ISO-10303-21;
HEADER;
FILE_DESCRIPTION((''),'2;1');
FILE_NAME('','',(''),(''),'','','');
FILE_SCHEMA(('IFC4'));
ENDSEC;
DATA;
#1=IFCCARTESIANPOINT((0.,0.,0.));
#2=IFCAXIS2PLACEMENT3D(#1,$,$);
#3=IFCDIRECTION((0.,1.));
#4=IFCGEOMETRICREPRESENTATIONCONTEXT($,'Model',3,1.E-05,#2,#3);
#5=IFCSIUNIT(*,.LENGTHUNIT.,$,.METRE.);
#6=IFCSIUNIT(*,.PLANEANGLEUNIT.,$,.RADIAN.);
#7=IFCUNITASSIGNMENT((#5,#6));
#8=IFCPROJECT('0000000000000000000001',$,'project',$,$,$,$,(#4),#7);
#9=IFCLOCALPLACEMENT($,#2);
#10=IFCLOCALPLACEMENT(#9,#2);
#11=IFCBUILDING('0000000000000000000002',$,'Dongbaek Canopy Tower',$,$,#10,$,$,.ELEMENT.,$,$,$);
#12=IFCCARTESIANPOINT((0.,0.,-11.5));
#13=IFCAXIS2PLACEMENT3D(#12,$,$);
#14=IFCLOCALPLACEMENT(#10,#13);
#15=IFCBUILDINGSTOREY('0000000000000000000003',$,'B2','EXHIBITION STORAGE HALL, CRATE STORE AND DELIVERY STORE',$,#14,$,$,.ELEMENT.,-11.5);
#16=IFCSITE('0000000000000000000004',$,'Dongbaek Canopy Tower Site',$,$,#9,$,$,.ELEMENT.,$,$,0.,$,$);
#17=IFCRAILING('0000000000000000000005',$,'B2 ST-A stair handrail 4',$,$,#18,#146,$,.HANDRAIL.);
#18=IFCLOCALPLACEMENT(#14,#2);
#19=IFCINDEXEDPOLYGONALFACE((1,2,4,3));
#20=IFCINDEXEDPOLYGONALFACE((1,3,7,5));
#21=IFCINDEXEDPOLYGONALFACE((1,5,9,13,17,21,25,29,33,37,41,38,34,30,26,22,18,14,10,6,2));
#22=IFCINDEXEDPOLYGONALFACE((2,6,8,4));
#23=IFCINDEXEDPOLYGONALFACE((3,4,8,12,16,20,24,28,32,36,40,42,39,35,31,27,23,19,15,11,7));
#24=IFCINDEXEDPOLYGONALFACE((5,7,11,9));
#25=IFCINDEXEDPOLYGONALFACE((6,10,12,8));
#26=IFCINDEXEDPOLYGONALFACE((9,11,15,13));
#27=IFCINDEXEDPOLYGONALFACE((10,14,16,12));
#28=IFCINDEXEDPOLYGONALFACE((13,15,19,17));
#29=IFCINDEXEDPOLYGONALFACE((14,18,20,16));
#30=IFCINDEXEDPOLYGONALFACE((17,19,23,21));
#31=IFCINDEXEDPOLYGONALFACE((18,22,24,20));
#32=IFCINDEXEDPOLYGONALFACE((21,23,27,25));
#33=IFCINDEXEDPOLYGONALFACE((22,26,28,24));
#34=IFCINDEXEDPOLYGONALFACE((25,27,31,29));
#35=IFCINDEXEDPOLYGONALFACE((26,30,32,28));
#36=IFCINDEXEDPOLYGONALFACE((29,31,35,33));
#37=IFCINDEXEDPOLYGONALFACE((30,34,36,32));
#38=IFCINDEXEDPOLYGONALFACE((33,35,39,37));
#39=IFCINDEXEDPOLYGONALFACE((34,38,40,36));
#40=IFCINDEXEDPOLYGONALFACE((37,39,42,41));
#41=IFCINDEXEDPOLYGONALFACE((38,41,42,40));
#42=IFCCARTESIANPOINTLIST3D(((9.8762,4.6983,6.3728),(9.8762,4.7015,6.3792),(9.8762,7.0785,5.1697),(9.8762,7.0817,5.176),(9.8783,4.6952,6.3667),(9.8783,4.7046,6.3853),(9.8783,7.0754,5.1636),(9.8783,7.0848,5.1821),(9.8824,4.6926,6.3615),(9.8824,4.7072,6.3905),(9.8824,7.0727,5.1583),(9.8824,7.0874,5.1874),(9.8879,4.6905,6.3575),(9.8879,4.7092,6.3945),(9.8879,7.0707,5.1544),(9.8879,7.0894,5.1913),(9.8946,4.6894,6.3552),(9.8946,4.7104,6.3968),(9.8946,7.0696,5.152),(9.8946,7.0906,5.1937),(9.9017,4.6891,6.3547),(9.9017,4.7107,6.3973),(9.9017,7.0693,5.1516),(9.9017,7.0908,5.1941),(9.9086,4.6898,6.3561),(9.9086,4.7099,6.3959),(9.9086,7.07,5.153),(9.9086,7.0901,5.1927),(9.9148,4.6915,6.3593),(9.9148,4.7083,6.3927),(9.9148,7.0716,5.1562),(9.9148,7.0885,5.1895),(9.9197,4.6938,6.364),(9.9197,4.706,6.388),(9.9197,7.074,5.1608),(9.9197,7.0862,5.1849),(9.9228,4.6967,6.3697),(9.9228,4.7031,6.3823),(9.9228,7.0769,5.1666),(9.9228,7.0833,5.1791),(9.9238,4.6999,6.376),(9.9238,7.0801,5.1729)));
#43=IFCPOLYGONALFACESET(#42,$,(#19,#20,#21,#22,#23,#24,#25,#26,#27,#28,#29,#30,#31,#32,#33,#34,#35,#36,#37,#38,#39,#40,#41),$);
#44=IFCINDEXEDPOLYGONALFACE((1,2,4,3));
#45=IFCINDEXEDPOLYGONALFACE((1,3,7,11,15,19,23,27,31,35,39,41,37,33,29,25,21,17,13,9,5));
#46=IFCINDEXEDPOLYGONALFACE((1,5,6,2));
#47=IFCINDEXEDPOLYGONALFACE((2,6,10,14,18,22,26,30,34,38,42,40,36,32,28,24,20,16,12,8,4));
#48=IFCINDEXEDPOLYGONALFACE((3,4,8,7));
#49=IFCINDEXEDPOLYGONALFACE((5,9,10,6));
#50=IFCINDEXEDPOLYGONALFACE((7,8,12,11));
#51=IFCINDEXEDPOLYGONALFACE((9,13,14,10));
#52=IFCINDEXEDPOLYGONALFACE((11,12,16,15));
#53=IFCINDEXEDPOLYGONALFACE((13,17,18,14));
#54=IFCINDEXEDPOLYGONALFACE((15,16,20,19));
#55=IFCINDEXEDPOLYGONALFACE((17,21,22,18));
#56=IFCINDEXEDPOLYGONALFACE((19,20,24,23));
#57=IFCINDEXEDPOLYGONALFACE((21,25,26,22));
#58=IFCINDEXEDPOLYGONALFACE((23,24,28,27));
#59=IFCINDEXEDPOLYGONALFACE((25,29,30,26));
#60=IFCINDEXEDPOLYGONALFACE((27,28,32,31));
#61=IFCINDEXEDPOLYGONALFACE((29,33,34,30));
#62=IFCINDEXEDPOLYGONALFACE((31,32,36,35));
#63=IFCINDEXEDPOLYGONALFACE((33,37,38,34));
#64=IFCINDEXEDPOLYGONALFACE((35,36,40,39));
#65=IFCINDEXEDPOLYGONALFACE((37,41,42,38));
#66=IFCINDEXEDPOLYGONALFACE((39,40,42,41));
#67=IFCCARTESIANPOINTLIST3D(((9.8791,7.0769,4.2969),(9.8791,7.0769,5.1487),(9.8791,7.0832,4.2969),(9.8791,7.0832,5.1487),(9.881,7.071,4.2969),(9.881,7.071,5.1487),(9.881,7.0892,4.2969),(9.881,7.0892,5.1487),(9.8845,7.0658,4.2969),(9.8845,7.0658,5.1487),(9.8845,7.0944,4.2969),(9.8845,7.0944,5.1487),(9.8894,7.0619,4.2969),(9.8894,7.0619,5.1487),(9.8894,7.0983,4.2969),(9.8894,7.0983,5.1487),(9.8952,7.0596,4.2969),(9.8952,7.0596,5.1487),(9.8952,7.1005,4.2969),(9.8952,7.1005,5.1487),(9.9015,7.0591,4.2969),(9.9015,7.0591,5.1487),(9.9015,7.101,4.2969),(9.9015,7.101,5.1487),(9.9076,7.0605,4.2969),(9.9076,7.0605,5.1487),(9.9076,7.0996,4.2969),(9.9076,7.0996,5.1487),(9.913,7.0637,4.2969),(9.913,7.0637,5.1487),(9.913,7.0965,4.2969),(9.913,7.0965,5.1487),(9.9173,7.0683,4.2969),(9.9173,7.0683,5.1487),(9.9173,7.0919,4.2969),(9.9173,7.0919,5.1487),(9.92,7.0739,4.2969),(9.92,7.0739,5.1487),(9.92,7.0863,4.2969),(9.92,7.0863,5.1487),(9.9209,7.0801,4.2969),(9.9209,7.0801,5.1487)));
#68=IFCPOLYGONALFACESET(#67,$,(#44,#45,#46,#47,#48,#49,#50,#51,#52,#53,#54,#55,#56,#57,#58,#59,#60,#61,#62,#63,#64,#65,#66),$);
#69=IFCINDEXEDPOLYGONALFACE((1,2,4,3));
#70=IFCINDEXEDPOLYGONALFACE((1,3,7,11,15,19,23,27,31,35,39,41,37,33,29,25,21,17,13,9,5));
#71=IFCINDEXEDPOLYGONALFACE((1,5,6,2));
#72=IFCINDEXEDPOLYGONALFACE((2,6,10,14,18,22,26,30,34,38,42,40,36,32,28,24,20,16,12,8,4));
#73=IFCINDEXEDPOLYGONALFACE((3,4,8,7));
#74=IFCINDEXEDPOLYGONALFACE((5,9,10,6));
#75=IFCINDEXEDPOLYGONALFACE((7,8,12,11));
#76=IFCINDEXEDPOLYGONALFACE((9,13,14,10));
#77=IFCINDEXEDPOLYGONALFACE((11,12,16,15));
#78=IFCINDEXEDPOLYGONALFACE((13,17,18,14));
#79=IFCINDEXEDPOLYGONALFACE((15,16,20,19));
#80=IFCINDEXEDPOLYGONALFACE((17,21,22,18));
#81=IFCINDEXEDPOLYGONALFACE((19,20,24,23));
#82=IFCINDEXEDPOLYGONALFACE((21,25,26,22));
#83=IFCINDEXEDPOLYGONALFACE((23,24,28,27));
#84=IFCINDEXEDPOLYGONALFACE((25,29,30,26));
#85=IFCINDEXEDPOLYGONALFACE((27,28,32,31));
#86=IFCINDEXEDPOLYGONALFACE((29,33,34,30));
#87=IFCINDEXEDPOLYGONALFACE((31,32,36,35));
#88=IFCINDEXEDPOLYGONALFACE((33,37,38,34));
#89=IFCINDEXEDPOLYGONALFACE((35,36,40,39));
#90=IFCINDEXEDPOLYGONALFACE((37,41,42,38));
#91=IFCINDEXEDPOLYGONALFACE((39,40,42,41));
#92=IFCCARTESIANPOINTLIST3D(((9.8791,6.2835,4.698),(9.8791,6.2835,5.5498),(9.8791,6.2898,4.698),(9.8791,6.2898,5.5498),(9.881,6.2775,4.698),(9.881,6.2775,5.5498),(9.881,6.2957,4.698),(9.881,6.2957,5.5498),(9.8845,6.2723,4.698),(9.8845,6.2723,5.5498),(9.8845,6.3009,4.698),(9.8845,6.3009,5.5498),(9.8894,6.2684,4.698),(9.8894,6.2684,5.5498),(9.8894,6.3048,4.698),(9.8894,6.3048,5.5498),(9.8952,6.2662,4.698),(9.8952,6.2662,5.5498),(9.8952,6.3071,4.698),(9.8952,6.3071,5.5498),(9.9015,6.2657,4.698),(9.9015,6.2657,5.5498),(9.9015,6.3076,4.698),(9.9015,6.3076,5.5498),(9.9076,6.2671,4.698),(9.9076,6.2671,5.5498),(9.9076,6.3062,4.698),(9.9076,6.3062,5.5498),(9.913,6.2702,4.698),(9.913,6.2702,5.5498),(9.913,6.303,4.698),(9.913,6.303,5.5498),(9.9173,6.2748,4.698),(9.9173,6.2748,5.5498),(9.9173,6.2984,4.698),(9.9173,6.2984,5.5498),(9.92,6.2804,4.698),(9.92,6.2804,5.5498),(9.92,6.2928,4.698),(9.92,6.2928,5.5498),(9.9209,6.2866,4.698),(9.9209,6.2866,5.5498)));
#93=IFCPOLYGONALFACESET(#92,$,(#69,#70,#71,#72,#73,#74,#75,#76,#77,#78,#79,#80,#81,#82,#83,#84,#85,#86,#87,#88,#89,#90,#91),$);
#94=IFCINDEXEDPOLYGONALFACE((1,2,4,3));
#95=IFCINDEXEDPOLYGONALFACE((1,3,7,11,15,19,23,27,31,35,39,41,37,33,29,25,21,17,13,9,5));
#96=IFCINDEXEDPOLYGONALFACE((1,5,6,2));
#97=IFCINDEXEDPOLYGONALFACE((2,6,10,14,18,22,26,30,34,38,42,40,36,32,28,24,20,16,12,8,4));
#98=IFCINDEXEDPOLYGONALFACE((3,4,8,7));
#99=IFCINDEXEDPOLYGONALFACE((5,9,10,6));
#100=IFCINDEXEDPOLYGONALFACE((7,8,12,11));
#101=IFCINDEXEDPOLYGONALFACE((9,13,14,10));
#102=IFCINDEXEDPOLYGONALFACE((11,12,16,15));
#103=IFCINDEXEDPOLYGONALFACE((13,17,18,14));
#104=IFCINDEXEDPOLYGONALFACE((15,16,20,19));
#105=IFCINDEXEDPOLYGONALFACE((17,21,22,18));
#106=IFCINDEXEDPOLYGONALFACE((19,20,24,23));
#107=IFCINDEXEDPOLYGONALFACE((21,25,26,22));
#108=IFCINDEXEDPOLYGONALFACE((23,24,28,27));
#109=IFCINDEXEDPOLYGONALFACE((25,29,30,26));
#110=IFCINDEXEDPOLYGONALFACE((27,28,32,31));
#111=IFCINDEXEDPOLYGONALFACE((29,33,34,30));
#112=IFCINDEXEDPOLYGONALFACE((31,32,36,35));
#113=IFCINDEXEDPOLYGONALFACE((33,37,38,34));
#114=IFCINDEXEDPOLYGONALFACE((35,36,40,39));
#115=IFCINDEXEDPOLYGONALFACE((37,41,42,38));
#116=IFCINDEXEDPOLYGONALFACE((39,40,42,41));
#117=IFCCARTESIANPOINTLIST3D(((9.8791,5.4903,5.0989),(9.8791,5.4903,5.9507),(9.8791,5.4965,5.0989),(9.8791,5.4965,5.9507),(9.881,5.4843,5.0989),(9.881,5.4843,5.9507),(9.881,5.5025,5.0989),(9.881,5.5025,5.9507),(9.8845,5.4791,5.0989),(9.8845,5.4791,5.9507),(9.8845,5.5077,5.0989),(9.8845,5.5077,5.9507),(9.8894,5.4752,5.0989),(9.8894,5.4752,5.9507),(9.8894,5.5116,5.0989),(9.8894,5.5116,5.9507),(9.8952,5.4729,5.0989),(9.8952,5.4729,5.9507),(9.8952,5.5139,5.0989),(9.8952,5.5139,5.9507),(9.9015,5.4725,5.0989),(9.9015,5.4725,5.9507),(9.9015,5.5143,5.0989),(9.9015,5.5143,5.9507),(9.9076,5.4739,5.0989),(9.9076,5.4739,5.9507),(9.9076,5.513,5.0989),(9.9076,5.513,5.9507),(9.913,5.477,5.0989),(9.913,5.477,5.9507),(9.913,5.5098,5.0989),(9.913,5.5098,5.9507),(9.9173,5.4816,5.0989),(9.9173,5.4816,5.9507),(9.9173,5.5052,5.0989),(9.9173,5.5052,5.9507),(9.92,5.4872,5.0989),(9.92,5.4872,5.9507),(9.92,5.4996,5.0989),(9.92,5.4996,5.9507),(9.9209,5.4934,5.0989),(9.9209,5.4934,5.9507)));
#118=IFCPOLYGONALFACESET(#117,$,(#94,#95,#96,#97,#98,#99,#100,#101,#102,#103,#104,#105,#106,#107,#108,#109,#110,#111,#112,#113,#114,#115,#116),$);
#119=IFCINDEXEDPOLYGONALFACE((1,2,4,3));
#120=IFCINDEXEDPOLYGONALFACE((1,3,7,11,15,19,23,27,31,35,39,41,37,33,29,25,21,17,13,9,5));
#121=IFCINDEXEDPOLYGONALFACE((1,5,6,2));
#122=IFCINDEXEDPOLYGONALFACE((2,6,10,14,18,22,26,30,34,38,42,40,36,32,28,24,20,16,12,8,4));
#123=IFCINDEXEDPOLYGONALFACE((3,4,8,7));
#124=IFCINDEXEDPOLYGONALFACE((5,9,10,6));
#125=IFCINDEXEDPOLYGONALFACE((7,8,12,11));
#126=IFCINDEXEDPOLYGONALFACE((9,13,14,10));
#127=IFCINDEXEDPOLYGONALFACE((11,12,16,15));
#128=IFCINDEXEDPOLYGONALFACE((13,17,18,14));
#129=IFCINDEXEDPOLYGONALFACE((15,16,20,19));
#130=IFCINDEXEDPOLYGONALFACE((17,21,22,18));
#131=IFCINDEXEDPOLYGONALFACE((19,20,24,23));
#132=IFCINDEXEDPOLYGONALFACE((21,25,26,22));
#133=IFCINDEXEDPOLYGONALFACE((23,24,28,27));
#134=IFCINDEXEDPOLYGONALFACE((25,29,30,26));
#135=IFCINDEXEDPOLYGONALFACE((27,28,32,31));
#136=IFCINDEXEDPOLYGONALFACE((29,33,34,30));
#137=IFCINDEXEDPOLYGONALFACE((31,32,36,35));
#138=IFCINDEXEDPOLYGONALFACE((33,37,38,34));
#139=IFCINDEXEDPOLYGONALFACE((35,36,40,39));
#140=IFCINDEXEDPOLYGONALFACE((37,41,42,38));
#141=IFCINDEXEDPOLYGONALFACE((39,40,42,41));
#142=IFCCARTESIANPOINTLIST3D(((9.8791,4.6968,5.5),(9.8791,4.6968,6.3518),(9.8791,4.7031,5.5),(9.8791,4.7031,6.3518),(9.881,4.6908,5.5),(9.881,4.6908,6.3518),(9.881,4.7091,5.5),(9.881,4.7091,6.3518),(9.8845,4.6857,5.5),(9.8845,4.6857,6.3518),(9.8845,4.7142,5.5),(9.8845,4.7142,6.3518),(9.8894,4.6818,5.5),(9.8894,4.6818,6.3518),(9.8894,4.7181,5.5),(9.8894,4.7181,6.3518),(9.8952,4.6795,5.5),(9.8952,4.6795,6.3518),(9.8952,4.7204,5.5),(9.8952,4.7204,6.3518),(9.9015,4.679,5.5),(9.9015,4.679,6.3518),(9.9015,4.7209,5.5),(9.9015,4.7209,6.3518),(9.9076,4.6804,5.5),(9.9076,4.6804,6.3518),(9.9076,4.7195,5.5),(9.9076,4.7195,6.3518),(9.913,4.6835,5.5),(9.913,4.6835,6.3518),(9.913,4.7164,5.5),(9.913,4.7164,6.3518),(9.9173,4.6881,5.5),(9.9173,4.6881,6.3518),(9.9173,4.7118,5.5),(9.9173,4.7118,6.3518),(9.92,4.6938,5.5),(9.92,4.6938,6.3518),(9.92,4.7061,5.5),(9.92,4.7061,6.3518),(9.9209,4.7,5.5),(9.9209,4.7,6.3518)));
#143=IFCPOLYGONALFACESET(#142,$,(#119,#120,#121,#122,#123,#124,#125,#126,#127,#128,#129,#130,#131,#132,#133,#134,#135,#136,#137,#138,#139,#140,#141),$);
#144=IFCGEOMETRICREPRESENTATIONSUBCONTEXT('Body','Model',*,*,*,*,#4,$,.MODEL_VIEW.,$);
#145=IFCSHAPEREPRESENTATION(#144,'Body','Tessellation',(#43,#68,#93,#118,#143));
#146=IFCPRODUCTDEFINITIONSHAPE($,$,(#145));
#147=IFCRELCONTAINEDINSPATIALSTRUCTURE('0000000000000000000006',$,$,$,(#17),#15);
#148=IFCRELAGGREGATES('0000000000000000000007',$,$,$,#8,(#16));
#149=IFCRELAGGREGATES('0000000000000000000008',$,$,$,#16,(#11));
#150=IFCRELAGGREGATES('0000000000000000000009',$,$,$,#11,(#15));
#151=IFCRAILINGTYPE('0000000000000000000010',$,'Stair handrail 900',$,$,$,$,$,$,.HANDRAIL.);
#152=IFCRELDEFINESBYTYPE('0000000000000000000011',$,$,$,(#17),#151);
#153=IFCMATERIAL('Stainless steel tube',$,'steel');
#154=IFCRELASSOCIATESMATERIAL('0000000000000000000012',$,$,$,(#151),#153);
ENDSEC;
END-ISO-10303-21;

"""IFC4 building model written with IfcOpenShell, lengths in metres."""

from ifc_helpers import new_model, si_unit, direction, frame, origin, origin_2d, place, context, subcontext, project, spatial, circle, extrude, material, type_object, element, save


model = new_model("IFC4")

# Units and contexts
model_context = context("Model", 3, precision=1e-05, world=origin(), true_north=direction((0.0, 1.0)))
body_context = subcontext(model_context, "Body", "Model", "MODEL_VIEW")
ifc_project = project(units=[si_unit("LENGTHUNIT", "METRE"), si_unit("PLANEANGLEUNIT", "RADIAN")], contexts=[model_context])

# Site, building, storey
site_placement = place(None, origin())
site = spatial("IfcSite", under=ifc_project, at=site_placement, Name="Dongbaek Canopy Tower Site", CompositionType="ELEMENT", RefElevation=0.0)
building_placement = place(site_placement, origin())
building = spatial("IfcBuilding", under=site, at=building_placement, Name="Dongbaek Canopy Tower", CompositionType="ELEMENT")
storey_placement = place(building_placement, frame((0.0, 0.0, -11.5)))
storey = spatial("IfcBuildingStorey", under=building, at=storey_placement, Name="B2", Description="EXHIBITION STORAGE HALL, CRATE STORE AND DELIVERY STORE", CompositionType="ELEMENT", Elevation=-11.5)

# Railing
ifc_material_1 = material(Name="Stainless steel tube", Category="steel")
railing_type_1 = type_object("IfcRailingType", Name="Stair handrail 900", PredefinedType="HANDRAIL", material=ifc_material_1)
for number, where, name in (
    (1, (9.8999, 7.0801, 4.2969), "B2 ST-A stair handrail 4"),
):
    element("IfcRailing", number, at=place(storey_placement, frame(where)), inside=storey, type_object=railing_type_1, Name=name, PredefinedType="HANDRAIL", context=body_context, shape_type="SweptSolid", body=[
        extrude(circle(Radius=0.0239, at=origin_2d()), frame((0.0, 0.0, 0.876), z_axis=(0.0, -0.89246, 0.451127), x_axis=(1.0, 0.0, 0.0)), (0.0, 0.0, 1.0), 2.667),
        extrude(circle(Radius=0.021, at=origin_2d()), origin(), (0.0, 0.0, 1.0), 0.8518),
        extrude(circle(Radius=0.021, at=origin_2d()), frame((0.0, -0.7935, 0.4011)), (0.0, 0.0, 1.0), 0.8518),
        extrude(circle(Radius=0.021, at=origin_2d()), frame((0.0, -1.5867, 0.802)), (0.0, 0.0, 1.0), 0.8518),
        extrude(circle(Radius=0.021, at=origin_2d()), frame((0.0, -2.3801, 1.2031)), (0.0, 0.0, 1.0), 0.8518),
    ])

save(model, "model.ifc")
